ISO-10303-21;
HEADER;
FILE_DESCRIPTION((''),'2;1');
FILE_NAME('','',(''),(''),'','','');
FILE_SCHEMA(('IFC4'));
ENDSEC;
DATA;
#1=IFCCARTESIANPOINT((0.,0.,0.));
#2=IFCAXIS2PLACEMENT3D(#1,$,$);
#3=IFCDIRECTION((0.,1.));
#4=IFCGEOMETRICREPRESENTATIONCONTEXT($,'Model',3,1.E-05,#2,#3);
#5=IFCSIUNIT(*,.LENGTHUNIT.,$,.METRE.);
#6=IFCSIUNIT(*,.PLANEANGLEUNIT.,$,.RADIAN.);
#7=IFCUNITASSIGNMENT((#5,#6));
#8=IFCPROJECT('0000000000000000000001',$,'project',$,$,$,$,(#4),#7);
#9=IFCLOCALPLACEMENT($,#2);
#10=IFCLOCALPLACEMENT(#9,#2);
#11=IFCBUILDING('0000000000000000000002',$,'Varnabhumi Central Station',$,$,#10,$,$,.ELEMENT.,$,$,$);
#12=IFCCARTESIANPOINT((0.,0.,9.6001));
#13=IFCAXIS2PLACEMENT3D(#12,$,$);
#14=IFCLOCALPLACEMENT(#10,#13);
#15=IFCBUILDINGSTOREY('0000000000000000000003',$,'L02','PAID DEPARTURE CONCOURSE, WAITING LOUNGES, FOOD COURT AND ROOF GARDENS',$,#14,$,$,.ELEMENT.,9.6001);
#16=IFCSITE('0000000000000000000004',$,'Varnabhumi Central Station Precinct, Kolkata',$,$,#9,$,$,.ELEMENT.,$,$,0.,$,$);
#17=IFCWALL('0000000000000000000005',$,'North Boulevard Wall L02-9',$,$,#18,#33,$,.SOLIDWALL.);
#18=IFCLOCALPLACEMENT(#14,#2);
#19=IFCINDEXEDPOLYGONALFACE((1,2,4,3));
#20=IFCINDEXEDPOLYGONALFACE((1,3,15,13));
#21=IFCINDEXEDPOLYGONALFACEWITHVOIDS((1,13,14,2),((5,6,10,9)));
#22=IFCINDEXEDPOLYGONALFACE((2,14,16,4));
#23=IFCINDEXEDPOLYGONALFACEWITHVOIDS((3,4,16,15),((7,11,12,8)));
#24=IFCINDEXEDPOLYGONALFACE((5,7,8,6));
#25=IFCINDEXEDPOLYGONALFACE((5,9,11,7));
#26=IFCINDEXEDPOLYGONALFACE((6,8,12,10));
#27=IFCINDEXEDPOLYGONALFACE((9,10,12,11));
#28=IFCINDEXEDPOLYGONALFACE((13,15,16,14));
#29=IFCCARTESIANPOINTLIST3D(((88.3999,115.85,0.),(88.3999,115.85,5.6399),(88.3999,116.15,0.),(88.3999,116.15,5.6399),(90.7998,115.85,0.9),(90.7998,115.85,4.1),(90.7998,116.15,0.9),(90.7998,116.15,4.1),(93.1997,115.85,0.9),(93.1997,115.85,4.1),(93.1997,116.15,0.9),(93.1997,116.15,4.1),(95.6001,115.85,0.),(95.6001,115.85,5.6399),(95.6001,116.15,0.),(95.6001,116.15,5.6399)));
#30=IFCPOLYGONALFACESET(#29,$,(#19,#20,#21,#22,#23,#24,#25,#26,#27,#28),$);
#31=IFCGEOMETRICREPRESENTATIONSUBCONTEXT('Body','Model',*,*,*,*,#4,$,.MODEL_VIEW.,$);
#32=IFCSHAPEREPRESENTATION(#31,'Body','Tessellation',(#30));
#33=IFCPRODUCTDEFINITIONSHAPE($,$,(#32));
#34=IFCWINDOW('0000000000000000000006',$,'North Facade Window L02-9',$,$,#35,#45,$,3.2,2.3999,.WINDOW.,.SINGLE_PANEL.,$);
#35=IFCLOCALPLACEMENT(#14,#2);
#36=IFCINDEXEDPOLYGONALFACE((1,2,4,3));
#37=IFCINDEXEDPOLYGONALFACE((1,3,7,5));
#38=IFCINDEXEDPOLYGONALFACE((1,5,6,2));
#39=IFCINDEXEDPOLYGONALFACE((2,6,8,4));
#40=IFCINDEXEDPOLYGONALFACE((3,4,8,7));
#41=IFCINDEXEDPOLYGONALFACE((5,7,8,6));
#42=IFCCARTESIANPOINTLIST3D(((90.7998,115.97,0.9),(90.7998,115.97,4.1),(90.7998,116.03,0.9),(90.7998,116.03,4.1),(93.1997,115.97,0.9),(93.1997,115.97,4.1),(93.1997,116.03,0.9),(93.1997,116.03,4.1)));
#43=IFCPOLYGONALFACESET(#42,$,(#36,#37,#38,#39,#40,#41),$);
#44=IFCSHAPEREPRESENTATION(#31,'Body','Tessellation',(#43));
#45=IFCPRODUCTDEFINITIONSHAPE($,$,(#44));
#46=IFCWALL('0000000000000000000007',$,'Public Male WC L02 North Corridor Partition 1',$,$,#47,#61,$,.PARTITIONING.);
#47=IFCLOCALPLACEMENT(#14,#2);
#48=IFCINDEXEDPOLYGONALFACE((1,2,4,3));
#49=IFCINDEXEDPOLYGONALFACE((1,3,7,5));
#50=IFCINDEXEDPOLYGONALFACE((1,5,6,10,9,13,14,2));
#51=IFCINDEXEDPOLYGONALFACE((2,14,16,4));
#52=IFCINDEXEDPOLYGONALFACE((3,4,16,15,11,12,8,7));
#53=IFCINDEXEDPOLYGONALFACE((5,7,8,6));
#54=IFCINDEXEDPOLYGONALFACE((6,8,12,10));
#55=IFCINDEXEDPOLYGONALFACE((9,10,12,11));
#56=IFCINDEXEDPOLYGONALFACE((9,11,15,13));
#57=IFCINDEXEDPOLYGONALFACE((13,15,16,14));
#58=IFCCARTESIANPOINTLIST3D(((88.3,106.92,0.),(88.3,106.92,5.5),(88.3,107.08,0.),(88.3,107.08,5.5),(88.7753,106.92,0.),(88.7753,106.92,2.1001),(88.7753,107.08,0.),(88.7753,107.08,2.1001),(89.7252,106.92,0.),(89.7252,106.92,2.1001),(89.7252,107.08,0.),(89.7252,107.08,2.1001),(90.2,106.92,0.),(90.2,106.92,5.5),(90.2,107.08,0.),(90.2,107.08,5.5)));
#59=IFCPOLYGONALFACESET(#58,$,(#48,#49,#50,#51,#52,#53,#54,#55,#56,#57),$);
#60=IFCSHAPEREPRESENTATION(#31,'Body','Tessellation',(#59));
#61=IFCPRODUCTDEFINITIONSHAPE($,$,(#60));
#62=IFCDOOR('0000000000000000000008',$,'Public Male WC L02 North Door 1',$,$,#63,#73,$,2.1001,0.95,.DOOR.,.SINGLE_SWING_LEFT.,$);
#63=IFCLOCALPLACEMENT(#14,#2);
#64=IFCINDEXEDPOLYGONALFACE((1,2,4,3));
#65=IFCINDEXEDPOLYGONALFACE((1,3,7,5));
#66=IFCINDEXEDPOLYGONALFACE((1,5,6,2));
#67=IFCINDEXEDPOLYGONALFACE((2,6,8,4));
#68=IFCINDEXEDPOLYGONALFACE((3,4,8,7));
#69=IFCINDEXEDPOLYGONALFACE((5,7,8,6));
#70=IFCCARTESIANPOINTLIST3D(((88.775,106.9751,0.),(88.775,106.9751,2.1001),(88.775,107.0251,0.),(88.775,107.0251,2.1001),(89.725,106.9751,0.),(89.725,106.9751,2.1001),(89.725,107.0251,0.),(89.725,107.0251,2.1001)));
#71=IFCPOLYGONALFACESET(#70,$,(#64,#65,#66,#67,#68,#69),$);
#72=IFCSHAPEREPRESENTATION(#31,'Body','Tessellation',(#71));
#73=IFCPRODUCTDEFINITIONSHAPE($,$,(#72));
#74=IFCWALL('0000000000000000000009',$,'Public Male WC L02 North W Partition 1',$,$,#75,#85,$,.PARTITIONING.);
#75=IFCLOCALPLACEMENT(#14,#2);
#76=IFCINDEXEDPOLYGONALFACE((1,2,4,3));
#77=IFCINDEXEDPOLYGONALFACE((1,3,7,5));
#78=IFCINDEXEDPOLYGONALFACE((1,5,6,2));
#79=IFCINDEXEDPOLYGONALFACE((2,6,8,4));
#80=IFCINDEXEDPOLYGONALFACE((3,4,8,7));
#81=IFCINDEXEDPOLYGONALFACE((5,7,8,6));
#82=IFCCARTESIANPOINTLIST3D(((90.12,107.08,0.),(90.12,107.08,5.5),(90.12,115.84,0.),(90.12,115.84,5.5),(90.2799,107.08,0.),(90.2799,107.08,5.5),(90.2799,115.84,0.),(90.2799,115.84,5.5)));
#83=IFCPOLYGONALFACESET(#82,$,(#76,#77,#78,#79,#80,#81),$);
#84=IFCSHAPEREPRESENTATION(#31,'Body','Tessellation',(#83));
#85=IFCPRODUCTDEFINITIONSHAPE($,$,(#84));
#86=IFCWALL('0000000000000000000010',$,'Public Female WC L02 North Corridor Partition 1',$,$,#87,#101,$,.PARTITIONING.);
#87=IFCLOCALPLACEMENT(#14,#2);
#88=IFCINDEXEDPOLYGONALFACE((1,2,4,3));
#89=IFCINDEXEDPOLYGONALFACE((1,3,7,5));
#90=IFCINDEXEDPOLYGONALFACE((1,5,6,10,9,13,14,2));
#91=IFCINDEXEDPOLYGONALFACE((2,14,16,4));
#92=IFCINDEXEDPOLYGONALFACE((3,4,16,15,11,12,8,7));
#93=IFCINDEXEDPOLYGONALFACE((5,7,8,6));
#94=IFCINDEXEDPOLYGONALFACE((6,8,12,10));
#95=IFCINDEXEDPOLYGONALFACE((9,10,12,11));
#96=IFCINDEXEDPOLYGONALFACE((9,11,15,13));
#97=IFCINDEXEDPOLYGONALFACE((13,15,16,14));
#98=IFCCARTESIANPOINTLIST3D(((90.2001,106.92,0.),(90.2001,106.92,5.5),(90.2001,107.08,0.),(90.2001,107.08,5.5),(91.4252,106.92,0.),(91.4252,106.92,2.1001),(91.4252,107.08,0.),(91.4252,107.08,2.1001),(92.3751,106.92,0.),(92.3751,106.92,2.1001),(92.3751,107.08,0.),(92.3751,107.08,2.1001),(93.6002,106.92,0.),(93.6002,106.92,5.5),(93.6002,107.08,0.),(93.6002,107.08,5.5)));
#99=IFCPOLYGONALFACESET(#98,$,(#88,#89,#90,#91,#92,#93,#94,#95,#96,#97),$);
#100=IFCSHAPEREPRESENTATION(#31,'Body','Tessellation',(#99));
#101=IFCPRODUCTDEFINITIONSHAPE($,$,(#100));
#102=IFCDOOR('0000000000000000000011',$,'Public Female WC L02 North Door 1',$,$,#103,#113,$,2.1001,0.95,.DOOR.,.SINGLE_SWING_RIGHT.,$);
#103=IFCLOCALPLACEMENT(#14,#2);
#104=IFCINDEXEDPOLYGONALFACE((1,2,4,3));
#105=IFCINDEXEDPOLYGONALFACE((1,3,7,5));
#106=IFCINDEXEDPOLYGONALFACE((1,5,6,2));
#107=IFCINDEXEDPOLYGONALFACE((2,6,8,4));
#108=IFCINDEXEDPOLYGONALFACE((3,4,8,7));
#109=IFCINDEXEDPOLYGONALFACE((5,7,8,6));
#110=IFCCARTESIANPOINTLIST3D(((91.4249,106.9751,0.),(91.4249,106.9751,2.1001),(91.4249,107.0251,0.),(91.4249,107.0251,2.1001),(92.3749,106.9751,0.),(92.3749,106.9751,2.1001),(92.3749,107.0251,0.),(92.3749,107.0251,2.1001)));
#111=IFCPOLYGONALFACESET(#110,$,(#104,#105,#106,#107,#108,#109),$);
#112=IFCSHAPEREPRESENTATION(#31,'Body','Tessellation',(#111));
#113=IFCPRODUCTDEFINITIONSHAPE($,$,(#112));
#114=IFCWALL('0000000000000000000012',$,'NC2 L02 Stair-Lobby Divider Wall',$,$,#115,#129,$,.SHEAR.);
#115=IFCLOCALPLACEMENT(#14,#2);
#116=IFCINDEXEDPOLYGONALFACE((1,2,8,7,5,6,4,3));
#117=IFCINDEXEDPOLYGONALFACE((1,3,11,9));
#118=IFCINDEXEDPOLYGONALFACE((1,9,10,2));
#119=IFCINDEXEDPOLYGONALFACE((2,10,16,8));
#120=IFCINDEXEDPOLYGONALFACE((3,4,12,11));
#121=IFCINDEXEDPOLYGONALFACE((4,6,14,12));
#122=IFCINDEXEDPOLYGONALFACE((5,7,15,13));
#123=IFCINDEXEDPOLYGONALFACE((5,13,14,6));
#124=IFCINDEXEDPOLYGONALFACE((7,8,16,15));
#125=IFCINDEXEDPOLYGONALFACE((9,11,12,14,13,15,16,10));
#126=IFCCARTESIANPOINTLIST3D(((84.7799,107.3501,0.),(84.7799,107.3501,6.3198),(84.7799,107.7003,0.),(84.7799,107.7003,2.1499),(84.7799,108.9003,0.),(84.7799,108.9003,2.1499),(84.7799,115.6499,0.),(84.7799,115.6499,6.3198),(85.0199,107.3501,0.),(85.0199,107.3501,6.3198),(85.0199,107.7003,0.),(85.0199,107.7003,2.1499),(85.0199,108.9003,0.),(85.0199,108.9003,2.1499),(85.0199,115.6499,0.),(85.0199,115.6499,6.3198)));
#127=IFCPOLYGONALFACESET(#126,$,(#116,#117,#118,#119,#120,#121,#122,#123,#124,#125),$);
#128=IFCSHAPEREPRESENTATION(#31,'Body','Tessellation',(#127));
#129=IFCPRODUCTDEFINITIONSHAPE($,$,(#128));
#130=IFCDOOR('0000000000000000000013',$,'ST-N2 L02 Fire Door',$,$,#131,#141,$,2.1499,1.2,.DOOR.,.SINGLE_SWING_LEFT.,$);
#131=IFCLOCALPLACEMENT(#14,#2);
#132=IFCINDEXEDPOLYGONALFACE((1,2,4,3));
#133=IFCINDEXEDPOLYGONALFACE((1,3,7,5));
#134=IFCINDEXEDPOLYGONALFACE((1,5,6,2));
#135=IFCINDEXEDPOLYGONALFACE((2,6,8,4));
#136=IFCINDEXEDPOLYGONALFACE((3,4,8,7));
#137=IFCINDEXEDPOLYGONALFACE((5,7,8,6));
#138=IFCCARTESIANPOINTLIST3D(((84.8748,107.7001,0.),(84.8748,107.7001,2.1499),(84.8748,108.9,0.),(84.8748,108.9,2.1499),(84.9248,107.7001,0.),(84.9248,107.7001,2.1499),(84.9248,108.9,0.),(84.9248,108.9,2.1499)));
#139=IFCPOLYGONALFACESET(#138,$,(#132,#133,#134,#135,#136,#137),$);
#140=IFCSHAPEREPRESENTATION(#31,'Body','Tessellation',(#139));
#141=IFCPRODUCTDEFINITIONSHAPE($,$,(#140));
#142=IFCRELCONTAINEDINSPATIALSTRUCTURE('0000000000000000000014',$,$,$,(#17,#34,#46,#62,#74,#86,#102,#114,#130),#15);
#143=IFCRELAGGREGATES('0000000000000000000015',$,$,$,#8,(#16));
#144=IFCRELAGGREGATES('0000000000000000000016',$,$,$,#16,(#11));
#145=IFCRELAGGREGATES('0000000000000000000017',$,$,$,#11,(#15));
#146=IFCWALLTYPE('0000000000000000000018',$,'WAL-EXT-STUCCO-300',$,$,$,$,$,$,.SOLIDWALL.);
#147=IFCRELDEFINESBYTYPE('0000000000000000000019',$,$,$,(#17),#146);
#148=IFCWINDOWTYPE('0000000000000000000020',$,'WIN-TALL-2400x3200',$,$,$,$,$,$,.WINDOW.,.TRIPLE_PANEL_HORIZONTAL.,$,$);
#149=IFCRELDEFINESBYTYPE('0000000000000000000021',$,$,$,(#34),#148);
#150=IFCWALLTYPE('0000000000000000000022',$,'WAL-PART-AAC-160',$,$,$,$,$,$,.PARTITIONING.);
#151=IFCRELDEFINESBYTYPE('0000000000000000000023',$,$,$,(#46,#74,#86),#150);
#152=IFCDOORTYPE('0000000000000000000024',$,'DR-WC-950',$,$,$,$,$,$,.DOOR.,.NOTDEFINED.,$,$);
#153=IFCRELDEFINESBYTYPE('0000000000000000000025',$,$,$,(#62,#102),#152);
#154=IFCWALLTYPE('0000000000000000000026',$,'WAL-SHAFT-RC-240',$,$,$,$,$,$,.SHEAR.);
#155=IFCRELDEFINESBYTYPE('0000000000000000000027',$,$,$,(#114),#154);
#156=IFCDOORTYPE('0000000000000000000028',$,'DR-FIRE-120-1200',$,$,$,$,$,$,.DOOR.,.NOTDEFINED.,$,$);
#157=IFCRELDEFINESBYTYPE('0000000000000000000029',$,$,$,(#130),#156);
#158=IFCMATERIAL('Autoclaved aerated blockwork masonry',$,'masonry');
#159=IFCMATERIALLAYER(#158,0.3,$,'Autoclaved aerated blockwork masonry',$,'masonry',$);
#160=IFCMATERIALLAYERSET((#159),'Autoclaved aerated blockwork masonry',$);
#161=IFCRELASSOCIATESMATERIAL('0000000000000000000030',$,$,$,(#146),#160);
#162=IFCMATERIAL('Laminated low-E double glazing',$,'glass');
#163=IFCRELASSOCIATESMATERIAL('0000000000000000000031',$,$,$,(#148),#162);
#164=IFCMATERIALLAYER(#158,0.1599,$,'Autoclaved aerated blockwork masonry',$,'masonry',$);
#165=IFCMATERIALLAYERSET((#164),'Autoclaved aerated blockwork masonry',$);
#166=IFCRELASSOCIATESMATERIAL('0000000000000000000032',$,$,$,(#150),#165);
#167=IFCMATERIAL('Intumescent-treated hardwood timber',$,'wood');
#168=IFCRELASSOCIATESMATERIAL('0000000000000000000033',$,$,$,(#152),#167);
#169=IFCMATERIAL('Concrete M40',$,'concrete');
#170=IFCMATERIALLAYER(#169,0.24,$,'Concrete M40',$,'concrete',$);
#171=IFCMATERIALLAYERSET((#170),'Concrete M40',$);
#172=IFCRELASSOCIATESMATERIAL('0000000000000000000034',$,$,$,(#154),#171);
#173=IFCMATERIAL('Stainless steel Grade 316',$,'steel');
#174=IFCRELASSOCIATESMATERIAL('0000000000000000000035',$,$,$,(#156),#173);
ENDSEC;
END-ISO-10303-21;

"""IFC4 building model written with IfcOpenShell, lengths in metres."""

from ifc_helpers import new_model, si_unit, direction, frame, frame_2d, origin, place, context, subcontext, project, spatial, rectangle, extrude, material, layer, layer_set, type_object, element, fill, save


model = new_model("IFC4")

# Units and contexts
model_context = context("Model", 3, precision=1e-05, world=origin(), true_north=direction((0.0, 1.0)))
body_context = subcontext(model_context, "Body", "Model", "MODEL_VIEW")
ifc_project = project(units=[si_unit("LENGTHUNIT", "METRE"), si_unit("PLANEANGLEUNIT", "RADIAN")], contexts=[model_context])

# Site, building, storey
site_placement = place(None, origin())
site = spatial("IfcSite", under=ifc_project, at=site_placement, Name="Varnabhumi Central Station Precinct, Kolkata", CompositionType="ELEMENT", RefElevation=0.0)
building_placement = place(site_placement, origin())
building = spatial("IfcBuilding", under=site, at=building_placement, Name="Varnabhumi Central Station", CompositionType="ELEMENT")
storey_placement = place(building_placement, frame((0.0, 0.0, 9.6001)))
storey = spatial("IfcBuildingStorey", under=building, at=storey_placement, Name="L02", Description="PAID DEPARTURE CONCOURSE, WAITING LOUNGES, FOOD COURT AND ROOF GARDENS", CompositionType="ELEMENT", Elevation=9.6001)

# Shared definitions
ifc_material_1 = material(Name="Concrete M40", Category="concrete")

# Wall, opening, window
ifc_material_2 = material(Name="Autoclaved aerated blockwork masonry", Category="masonry")
ifc_layer_1 = layer(ifc_material_2, 0.3, Name="Autoclaved aerated blockwork masonry", Category="masonry")
ifc_layer_set_1 = layer_set([ifc_layer_1], Name="Autoclaved aerated blockwork masonry")
wall_type_1 = type_object("IfcWallType", Name="WAL-EXT-STUCCO-300", PredefinedType="SOLIDWALL", material=ifc_layer_set_1)
wall_1_placement = place(storey_placement, frame((88.3999, 116.0, 0.0), z_axis=(0.0, 0.0, 1.0), x_axis=(1.0, 0.0, 0.0)))
wall_1 = element("IfcWall", 1, at=wall_1_placement, inside=storey, type_object=wall_type_1, Name="North Boulevard Wall L02-9", PredefinedType="SOLIDWALL", context=body_context, shape_type="SweptSolid", body=[
    extrude(rectangle(XDim=7.2002, YDim=0.3, at=frame_2d((3.6001, 0.0))), origin(), (0.0, 0.0, 1.0), 5.6399),
])
opening_1_placement = place(wall_1_placement, frame((2.3999, 0.0, 0.8999)))
opening_1 = element("IfcOpeningElement", 2, at=opening_1_placement, cuts=wall_1, PredefinedType="OPENING", context=body_context, shape_type="SweptSolid", body=[
    extrude(rectangle(XDim=2.3999, YDim=3.2, at=frame_2d((1.2, 1.6001))), frame((0.0, 0.1599, 0.0), z_axis=(0.0, -1.0, 0.0), x_axis=(1.0, 0.0, 0.0)), (0.0, 0.0, 1.0), 0.3201),
])
ifc_material_3 = material(Name="Laminated low-E double glazing", Category="glass")
window_type = type_object("IfcWindowType", Name="WIN-TALL-2400x3200", PartitioningType="TRIPLE_PANEL_HORIZONTAL", PredefinedType="WINDOW", material=ifc_material_3)
window_placement = place(opening_1_placement, origin())
window = element("IfcWindow", 3, at=window_placement, inside=storey, type_object=window_type, Name="North Facade Window L02-9", OverallHeight=3.2, OverallWidth=2.3999, PartitioningType="SINGLE_PANEL", PredefinedType="WINDOW", context=body_context, shape_type="SweptSolid", body=[
    extrude(rectangle(XDim=2.3999, YDim=3.2, at=frame_2d((1.2, 1.6001))), frame((0.0, 0.03, 0.0), z_axis=(0.0, -1.0, 0.0), x_axis=(1.0, 0.0, 0.0)), (0.0, 0.0, 1.0), 0.0601),
])
fill(opening_1, window)

# Wall, opening, door
ifc_layer_2 = layer(ifc_material_2, 0.1599, Name="Autoclaved aerated blockwork masonry", Category="masonry")
ifc_layer_set_2 = layer_set([ifc_layer_2], Name="Autoclaved aerated blockwork masonry")
wall_type_2 = type_object("IfcWallType", Name="WAL-PART-AAC-160", PredefinedType="PARTITIONING", material=ifc_layer_set_2)
wall_2_placement = place(storey_placement, frame((88.3, 107.0, 0.0), z_axis=(0.0, 0.0, 1.0), x_axis=(1.0, 0.0, 0.0)))
wall_2 = element("IfcWall", 4, at=wall_2_placement, inside=storey, type_object=wall_type_2, Name="Public Male WC L02 North Corridor Partition 1", PredefinedType="PARTITIONING", context=body_context, shape_type="SweptSolid", body=[
    extrude(rectangle(XDim=1.8999, YDim=0.1599, at=frame_2d((0.95, 0.0))), origin(), (0.0, 0.0, 1.0), 5.5),
])
opening_2_placement = place(wall_2_placement, frame((0.4751, 0.0, 0.0)))
opening_2 = element("IfcOpeningElement", 5, at=opening_2_placement, cuts=wall_2, PredefinedType="OPENING", context=body_context, shape_type="SweptSolid", body=[
    extrude(rectangle(XDim=0.95, YDim=2.1001, at=frame_2d((0.4751, 1.05))), frame((0.0, 0.0898, 0.0), z_axis=(0.0, -1.0, 0.0), x_axis=(1.0, 0.0, 0.0)), (0.0, 0.0, 1.0), 0.1799),
])
ifc_material_4 = material(Name="Intumescent-treated hardwood timber", Category="wood")
door_type_1 = type_object("IfcDoorType", Name="DR-WC-950", OperationType="NOTDEFINED", PredefinedType="DOOR", material=ifc_material_4)
door_1_placement = place(opening_2_placement, frame((0.95, 0.0, 0.0), z_axis=(0.0, 0.0, 1.0), x_axis=(-1.0, 0.0, 0.0)))
door_1 = element("IfcDoor", 6, at=door_1_placement, inside=storey, type_object=door_type_1, Name="Public Male WC L02 North Door 1", OperationType="SINGLE_SWING_LEFT", OverallHeight=2.1001, OverallWidth=0.95, PredefinedType="DOOR", context=body_context, shape_type="SweptSolid", body=[
    extrude(rectangle(XDim=0.95, YDim=2.1001, at=frame_2d((0.4751, 1.05))), frame((0.0, 0.0249, 0.0), z_axis=(0.0, -1.0, 0.0), x_axis=(1.0, 0.0, 0.0)), (0.0, 0.0, 1.0), 0.05),
])
fill(opening_2, door_1)

# Wall
wall_3_placement = place(storey_placement, frame((90.2, 107.0801, 0.0), z_axis=(0.0, 0.0, 1.0), x_axis=(0.0, 1.0, 0.0)))
element("IfcWall", 7, at=wall_3_placement, inside=storey, type_object=wall_type_2, Name="Public Male WC L02 North W Partition 1", PredefinedType="PARTITIONING", context=body_context, shape_type="SweptSolid", body=[
    extrude(rectangle(XDim=8.76, YDim=0.1599, at=frame_2d((4.3799, 0.0))), origin(), (0.0, 0.0, 1.0), 5.5),
])

# Walls, openings, doors
wall_4_placement = place(storey_placement, frame((90.2, 107.0, 0.0), z_axis=(0.0, 0.0, 1.0), x_axis=(1.0, 0.0, 0.0)))
wall_4 = element("IfcWall", 8, at=wall_4_placement, inside=storey, type_object=wall_type_2, Name="Public Female WC L02 North Corridor Partition 1", PredefinedType="PARTITIONING", context=body_context, shape_type="SweptSolid", body=[
    extrude(rectangle(XDim=3.4001, YDim=0.1599, at=frame_2d((1.7002, 0.0))), origin(), (0.0, 0.0, 1.0), 5.5),
])
opening_3_placement = place(wall_4_placement, frame((1.2251, 0.0, 0.0)))
opening_3 = element("IfcOpeningElement", 9, at=opening_3_placement, cuts=wall_4, PredefinedType="OPENING", context=body_context, shape_type="SweptSolid", body=[
    extrude(rectangle(XDim=0.95, YDim=2.1001, at=frame_2d((0.4751, 1.05))), frame((0.0, 0.0898, 0.0), z_axis=(0.0, -1.0, 0.0), x_axis=(1.0, 0.0, 0.0)), (0.0, 0.0, 1.0), 0.1799),
])
door_2_placement = place(opening_3_placement, frame((0.95, 0.0, 0.0), z_axis=(0.0, 0.0, 1.0), x_axis=(-1.0, 0.0, 0.0)))
door_2 = element("IfcDoor", 10, at=door_2_placement, inside=storey, type_object=door_type_1, Name="Public Female WC L02 North Door 1", OperationType="SINGLE_SWING_RIGHT", OverallHeight=2.1001, OverallWidth=0.95, PredefinedType="DOOR", context=body_context, shape_type="SweptSolid", body=[
    extrude(rectangle(XDim=0.95, YDim=2.1001, at=frame_2d((0.4751, 1.05))), frame((0.0, 0.0249, 0.0), z_axis=(0.0, -1.0, 0.0), x_axis=(1.0, 0.0, 0.0)), (0.0, 0.0, 1.0), 0.05),
])
fill(opening_3, door_2)
ifc_layer_3 = layer(ifc_material_1, 0.24, Name="Concrete M40", Category="concrete")
ifc_layer_set_3 = layer_set([ifc_layer_3], Name="Concrete M40")
wall_type_3 = type_object("IfcWallType", Name="WAL-SHAFT-RC-240", PredefinedType="SHEAR", material=ifc_layer_set_3)
wall_5_placement = place(storey_placement, frame((84.8999, 107.3501, 0.0), z_axis=(0.0, 0.0, 1.0), x_axis=(0.0, 1.0, 0.0)))
wall_5 = element("IfcWall", 11, at=wall_5_placement, inside=storey, type_object=wall_type_3, Name="NC2 L02 Stair-Lobby Divider Wall", PredefinedType="SHEAR", context=body_context, shape_type="SweptSolid", body=[
    extrude(rectangle(XDim=8.2998, YDim=0.24, at=frame_2d((4.1499, 0.0))), origin(), (0.0, 0.0, 1.0), 6.3198),
])
opening_4_placement = place(wall_5_placement, frame((0.3501, 0.0, 0.0)))
opening_4 = element("IfcOpeningElement", 12, at=opening_4_placement, cuts=wall_5, PredefinedType="OPENING", context=body_context, shape_type="SweptSolid", body=[
    extrude(rectangle(XDim=1.2, YDim=2.1499, at=frame_2d((0.6001, 1.075))), frame((0.0, 0.1299, 0.0), z_axis=(0.0, -1.0, 0.0), x_axis=(1.0, 0.0, 0.0)), (0.0, 0.0, 1.0), 0.26),
])
ifc_material_5 = material(Name="Stainless steel Grade 316", Category="steel")
door_type_2 = type_object("IfcDoorType", Name="DR-FIRE-120-1200", OperationType="NOTDEFINED", PredefinedType="DOOR", material=ifc_material_5)
door_3_placement = place(opening_4_placement, frame((1.2, 0.0, 0.0), z_axis=(0.0, 0.0, 1.0), x_axis=(-1.0, 0.0, 0.0)))
door_3 = element("IfcDoor", 13, at=door_3_placement, inside=storey, type_object=door_type_2, Name="ST-N2 L02 Fire Door", OperationType="SINGLE_SWING_LEFT", OverallHeight=2.1499, OverallWidth=1.2, PredefinedType="DOOR", context=body_context, shape_type="SweptSolid", body=[
    extrude(rectangle(XDim=1.2, YDim=2.1499, at=frame_2d((0.6001, 1.075))), frame((0.0, 0.0249, 0.0), z_axis=(0.0, -1.0, 0.0), x_axis=(1.0, 0.0, 0.0)), (0.0, 0.0, 1.0), 0.05),
])
fill(opening_4, door_3)

save(model, "model.ifc")
